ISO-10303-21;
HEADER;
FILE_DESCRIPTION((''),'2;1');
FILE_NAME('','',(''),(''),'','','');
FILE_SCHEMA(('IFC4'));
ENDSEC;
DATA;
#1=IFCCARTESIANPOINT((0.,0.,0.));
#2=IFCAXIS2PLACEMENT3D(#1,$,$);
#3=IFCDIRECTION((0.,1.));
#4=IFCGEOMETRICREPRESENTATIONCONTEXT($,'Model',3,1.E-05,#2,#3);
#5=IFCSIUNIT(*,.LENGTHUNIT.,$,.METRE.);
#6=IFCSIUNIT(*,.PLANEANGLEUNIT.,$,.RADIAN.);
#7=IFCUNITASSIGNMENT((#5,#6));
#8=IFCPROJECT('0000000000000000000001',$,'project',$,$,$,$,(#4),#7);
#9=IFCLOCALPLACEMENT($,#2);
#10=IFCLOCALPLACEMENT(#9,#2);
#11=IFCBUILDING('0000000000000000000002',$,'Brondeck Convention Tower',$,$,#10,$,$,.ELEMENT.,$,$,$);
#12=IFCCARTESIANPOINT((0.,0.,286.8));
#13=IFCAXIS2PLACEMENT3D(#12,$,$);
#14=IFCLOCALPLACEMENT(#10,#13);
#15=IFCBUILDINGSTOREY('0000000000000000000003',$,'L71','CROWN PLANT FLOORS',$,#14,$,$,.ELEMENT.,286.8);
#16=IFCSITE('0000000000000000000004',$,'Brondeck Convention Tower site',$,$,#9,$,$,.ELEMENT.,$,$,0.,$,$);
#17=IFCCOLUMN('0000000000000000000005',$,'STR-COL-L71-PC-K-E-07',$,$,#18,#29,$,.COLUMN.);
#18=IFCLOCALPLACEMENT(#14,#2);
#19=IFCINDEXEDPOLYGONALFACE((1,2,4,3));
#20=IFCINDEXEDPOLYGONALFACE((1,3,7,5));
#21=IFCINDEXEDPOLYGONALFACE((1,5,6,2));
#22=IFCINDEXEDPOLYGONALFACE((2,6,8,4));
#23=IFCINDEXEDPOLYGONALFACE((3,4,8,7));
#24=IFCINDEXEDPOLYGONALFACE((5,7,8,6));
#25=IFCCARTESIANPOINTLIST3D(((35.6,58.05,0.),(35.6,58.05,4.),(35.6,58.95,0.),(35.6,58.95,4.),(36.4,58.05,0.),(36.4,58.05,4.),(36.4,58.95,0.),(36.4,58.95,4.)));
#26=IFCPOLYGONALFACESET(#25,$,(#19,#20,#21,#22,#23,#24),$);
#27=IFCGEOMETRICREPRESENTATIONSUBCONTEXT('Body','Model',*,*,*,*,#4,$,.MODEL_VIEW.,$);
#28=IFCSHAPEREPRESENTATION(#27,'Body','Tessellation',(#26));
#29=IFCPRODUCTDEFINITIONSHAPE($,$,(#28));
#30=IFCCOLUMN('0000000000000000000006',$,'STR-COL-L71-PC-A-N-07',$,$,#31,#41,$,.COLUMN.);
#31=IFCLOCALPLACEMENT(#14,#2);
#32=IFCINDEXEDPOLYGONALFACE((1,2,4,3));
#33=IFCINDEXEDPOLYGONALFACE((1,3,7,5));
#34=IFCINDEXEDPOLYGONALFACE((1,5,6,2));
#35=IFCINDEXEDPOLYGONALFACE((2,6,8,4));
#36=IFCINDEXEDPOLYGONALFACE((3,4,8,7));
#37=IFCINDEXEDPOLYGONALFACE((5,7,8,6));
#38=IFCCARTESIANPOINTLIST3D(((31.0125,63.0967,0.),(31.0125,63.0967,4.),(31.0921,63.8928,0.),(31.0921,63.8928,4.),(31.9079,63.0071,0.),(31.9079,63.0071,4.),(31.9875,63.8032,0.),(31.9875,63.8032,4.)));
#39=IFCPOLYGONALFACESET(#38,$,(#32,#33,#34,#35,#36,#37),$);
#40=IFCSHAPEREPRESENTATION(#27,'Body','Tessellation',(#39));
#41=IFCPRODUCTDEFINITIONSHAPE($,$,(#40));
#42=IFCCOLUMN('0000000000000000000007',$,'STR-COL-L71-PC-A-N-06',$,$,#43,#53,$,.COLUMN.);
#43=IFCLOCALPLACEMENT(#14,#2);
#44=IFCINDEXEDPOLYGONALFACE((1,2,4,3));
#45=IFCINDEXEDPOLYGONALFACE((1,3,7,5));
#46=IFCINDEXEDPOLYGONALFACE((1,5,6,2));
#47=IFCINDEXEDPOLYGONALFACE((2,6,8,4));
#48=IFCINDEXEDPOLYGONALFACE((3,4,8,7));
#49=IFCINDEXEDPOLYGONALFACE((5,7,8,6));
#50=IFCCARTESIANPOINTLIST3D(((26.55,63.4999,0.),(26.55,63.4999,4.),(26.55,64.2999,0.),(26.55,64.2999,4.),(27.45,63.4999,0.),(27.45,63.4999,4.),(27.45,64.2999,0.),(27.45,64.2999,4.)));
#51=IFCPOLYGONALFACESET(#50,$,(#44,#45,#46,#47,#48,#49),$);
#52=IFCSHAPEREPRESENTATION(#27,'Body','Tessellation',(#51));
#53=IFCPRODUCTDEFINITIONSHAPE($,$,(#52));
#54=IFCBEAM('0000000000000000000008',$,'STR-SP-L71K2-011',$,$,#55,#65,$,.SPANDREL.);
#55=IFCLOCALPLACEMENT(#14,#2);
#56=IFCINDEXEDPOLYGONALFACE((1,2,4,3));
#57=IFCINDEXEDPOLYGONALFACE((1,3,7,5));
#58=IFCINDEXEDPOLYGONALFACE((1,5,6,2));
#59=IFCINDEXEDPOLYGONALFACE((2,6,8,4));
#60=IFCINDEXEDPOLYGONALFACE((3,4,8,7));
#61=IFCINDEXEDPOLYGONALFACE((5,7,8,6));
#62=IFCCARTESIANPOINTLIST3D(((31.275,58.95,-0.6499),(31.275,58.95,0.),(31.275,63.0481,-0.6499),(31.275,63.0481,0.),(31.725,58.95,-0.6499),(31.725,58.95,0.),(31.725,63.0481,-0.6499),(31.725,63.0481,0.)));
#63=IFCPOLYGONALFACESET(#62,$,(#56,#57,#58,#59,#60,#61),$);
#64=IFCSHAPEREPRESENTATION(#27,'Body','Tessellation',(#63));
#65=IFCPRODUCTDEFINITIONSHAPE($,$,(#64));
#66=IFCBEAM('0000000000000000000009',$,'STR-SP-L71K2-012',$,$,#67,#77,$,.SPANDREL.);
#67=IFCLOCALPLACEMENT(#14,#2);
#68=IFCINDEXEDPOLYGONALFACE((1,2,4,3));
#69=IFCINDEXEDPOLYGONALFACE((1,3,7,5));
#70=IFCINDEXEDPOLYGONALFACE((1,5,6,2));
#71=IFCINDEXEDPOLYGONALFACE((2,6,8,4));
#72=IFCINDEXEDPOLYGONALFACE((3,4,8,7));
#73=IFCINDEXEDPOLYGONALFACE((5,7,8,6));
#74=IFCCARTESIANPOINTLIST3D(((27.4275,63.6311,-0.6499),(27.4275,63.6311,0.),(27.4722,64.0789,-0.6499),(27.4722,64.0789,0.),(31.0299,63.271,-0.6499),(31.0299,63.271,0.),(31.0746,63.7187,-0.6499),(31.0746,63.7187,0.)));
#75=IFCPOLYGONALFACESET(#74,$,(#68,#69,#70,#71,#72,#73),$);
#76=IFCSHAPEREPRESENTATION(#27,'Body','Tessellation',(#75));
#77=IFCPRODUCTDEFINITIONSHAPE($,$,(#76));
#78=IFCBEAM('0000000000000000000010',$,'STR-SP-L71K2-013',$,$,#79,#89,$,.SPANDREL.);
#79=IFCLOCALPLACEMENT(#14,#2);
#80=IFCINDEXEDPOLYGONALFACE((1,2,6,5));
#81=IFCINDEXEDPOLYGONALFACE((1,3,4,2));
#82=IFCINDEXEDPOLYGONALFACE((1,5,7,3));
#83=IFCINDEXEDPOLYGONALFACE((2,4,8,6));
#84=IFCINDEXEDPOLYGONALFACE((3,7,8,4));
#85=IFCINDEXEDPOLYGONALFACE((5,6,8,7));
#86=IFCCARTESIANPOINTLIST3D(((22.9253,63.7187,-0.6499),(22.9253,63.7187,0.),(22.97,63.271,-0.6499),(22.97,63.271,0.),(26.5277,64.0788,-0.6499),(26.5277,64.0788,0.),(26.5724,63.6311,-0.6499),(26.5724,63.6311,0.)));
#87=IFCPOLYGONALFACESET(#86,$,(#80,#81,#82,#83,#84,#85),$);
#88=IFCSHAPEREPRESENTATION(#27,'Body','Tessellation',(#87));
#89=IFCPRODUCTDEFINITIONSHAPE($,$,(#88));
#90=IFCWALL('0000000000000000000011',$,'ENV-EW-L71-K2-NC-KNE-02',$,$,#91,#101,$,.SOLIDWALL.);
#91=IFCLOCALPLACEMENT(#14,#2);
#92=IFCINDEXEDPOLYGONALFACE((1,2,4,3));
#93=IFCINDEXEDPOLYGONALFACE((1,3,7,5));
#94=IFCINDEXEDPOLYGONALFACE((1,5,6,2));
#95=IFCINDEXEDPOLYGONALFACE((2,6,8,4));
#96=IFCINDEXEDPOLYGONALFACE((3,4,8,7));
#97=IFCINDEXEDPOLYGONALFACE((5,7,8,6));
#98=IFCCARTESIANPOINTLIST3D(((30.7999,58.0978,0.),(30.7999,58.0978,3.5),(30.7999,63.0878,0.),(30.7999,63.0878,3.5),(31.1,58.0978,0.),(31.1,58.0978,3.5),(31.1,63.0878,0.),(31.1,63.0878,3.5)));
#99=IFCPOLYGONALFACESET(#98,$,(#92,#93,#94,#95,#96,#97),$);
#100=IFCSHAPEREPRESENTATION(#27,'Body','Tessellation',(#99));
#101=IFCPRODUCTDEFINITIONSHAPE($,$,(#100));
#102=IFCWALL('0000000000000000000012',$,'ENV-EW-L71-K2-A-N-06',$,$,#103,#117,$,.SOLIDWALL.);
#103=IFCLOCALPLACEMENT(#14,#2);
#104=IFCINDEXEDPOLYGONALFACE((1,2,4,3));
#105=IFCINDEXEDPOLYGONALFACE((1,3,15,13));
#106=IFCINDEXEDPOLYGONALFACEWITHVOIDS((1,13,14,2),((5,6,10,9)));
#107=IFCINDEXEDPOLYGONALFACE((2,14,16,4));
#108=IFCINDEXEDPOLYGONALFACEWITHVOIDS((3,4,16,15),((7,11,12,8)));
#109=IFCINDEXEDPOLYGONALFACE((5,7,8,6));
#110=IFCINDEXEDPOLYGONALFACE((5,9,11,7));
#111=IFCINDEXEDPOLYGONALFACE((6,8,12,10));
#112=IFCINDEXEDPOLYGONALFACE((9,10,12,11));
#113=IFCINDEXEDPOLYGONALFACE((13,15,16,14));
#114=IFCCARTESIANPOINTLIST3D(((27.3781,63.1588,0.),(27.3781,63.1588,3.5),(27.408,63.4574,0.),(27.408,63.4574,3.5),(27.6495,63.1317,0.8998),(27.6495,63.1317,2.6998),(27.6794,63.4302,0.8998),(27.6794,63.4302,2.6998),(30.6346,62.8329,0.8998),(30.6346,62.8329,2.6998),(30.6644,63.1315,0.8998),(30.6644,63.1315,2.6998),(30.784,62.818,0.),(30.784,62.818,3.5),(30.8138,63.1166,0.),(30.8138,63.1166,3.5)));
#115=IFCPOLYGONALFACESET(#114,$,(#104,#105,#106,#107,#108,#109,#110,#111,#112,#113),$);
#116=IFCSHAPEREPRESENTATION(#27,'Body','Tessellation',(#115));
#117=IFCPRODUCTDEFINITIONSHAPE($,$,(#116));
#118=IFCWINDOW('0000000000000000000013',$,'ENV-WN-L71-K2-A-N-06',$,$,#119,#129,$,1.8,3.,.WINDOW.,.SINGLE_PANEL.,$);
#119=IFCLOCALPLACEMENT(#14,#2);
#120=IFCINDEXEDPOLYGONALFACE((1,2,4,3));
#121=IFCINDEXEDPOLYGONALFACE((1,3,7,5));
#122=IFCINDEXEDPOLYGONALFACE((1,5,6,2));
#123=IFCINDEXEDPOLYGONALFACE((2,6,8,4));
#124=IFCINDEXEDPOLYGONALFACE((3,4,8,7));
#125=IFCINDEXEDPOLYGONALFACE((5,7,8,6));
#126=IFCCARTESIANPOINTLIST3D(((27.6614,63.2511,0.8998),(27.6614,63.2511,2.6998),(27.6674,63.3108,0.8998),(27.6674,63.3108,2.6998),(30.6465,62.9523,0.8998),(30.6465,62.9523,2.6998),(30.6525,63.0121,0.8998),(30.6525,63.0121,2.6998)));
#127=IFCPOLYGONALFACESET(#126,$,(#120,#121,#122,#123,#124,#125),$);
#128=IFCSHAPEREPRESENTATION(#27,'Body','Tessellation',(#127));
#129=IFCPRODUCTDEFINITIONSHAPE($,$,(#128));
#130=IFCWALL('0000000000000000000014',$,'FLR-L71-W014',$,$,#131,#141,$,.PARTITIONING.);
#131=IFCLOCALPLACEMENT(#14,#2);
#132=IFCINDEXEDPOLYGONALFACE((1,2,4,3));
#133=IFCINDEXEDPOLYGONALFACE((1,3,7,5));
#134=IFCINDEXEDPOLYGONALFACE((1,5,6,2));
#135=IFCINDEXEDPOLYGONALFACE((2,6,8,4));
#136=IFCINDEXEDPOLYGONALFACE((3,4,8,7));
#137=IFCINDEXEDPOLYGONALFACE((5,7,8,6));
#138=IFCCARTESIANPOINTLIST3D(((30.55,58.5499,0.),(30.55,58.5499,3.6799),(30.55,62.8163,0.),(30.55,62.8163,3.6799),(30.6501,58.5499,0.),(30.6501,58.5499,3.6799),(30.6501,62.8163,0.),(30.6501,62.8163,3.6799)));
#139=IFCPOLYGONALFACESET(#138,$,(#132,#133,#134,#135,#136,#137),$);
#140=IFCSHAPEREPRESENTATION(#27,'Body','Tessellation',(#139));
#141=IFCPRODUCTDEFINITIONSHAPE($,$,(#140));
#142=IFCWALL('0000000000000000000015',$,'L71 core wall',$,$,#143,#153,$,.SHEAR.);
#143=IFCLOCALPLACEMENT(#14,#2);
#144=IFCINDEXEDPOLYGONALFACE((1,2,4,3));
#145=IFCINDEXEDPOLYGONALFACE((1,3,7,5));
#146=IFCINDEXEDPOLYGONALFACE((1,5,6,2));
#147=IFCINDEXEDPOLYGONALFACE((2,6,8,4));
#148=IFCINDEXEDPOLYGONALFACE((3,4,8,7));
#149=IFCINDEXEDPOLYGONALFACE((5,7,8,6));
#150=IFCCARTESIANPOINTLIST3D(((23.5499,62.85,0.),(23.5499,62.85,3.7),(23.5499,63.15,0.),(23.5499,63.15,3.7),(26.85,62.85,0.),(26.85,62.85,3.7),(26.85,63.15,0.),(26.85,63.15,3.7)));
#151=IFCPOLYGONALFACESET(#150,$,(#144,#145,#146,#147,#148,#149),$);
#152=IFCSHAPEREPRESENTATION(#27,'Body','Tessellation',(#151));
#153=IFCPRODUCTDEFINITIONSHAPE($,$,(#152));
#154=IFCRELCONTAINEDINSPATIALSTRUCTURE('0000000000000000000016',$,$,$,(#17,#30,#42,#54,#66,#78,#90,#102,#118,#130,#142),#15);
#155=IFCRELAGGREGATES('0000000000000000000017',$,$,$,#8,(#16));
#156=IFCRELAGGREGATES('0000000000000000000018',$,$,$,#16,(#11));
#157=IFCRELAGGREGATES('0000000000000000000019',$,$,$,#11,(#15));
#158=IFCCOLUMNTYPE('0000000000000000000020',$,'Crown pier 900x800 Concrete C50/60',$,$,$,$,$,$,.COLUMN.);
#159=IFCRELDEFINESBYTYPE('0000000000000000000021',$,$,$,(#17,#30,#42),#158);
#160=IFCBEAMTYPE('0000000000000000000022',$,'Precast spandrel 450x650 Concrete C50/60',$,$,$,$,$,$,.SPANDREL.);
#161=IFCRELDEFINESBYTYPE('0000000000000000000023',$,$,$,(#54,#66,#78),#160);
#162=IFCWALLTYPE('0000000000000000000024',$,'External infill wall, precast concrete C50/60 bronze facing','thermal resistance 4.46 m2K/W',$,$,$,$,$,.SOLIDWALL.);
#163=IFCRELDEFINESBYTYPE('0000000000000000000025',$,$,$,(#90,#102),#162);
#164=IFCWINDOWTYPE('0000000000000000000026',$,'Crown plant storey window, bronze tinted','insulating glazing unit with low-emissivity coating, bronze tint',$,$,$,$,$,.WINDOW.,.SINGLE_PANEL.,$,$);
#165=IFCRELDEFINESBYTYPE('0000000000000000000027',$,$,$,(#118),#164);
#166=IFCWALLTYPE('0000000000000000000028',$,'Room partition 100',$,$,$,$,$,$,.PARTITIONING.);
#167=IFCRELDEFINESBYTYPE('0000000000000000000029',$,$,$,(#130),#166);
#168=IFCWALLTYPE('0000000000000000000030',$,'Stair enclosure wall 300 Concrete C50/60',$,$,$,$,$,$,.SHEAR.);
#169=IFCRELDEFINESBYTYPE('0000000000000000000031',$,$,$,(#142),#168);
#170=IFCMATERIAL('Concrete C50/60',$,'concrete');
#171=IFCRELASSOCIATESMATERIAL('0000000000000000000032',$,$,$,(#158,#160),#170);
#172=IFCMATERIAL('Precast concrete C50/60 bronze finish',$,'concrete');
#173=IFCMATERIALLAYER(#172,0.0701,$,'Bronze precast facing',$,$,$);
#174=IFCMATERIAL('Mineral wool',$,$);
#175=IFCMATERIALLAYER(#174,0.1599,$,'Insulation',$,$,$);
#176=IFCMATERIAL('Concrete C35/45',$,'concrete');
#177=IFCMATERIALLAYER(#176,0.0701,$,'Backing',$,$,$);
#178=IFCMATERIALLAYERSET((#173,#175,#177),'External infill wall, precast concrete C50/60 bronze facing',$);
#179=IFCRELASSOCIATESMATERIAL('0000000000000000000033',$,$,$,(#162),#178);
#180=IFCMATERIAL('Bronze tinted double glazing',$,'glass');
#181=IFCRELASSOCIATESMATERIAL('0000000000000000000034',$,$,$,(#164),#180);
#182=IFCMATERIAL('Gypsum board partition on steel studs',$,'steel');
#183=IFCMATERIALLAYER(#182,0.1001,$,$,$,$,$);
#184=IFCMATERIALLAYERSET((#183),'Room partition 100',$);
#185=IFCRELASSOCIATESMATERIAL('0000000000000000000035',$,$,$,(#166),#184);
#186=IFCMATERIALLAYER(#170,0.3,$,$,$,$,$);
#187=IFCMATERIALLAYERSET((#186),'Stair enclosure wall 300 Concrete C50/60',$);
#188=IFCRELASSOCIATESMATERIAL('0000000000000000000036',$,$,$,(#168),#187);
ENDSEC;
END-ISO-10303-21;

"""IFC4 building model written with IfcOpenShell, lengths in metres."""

from ifc_helpers import new_model, si_unit, direction, frame, frame_2d, origin, origin_2d, place, context, subcontext, project, spatial, rectangle, extrude, material, layer, layer_set, material_profile, profile_set, type_object, element, fill, save


model = new_model("IFC4")

# Units and contexts
model_context = context("Model", 3, precision=1e-05, world=origin(), true_north=direction((0.0, 1.0)))
body_context = subcontext(model_context, "Body", "Model", "MODEL_VIEW")
ifc_project = project(units=[si_unit("LENGTHUNIT", "METRE"), si_unit("PLANEANGLEUNIT", "RADIAN")], contexts=[model_context])

# Site, building, storey
site_placement = place(None, origin())
site = spatial("IfcSite", under=ifc_project, at=site_placement, Name="Brondeck Convention Tower site", CompositionType="ELEMENT", RefElevation=0.0)
building_placement = place(site_placement, origin())
building = spatial("IfcBuilding", under=site, at=building_placement, Name="Brondeck Convention Tower", CompositionType="ELEMENT")
storey_placement = place(building_placement, frame((0.0, 0.0, 286.8)))
storey = spatial("IfcBuildingStorey", under=building, at=storey_placement, Name="L71", Description="CROWN PLANT FLOORS", CompositionType="ELEMENT", Elevation=286.8)

# Columns
ifc_material_1 = material(Name="Concrete C50/60", Category="concrete")
ifc_material_profile_1 = material_profile(ifc_material_1, rectangle(XDim=0.8999, YDim=0.8, at=origin_2d()), Name="Crown pier 900x800 Concrete C50/60")
ifc_profile_set_1 = profile_set([ifc_material_profile_1], Name="Concrete C50/60")
column_type = type_object("IfcColumnType", Name="Crown pier 900x800 Concrete C50/60", PredefinedType="COLUMN", material=ifc_profile_set_1)
for number, where, z_axis, x_axis, name in (
    (1, (36.0, 58.5, 0.0), (0.0, 0.0, 1.0), (0.0, 1.0, 0.0), "STR-COL-L71-PC-K-E-07"),
    (2, (31.5, 63.45, 0.0), (0.0, 0.0, 1.0), (-0.995037, 0.099504, 0.0), "STR-COL-L71-PC-A-N-07"),
    (3, (27.0, 63.8999, 0.0), (0.0, 0.0, 1.0), (-1.0, 0.0, 0.0), "STR-COL-L71-PC-A-N-06"),
):
    element("IfcColumn", number, at=place(storey_placement, frame(where, z_axis=z_axis, x_axis=x_axis)), inside=storey, type_object=column_type, Name=name, PredefinedType="COLUMN", context=body_context, shape_type="SweptSolid", body=[
        extrude(rectangle(XDim=0.8999, YDim=0.8, at=origin_2d()), origin(), (0.0, 0.0, 1.0), 4.0),
    ])

# Beams
ifc_material_profile_2 = material_profile(ifc_material_1, rectangle(XDim=0.45, YDim=0.6499, at=origin_2d()), Name="Precast spandrel 450x650 Concrete C50/60")
ifc_profile_set_2 = profile_set([ifc_material_profile_2], Name="Concrete C50/60")
beam_type = type_object("IfcBeamType", Name="Precast spandrel 450x650 Concrete C50/60", PredefinedType="SPANDREL", material=ifc_profile_set_2)
beam_placement = place(storey_placement, frame((31.5, 58.95, -0.325), z_axis=(0.0, 1.0, 0.0), x_axis=(-1.0, 0.0, 0.0)))
element("IfcBeam", 4, at=beam_placement, inside=storey, type_object=beam_type, Name="STR-SP-L71K2-011", PredefinedType="SPANDREL", context=body_context, shape_type="SweptSolid", body=[
    extrude(rectangle(XDim=0.45, YDim=0.6499, at=origin_2d()), origin(), (0.0, 0.0, 1.0), 4.0981),
])
for number, where, z_axis, x_axis, name in (
    (5, (31.0522, 63.4949, -0.325), (-0.995041, 0.09947, 0.0), (-0.09947, -0.995041, 0.0), "STR-SP-L71K2-012"),
    (6, (26.55, 63.855, -0.325), (-0.995041, -0.09947, 0.0), (0.09947, -0.995041, 0.0), "STR-SP-L71K2-013"),
):
    element("IfcBeam", number, at=place(storey_placement, frame(where, z_axis=z_axis, x_axis=x_axis)), inside=storey, type_object=beam_type, Name=name, PredefinedType="SPANDREL", context=body_context, shape_type="SweptSolid", body=[
        extrude(rectangle(XDim=0.45, YDim=0.6499, at=origin_2d()), origin(), (0.0, 0.0, 1.0), 3.6204),
    ])

# Wall
ifc_material_2 = material(Name="Precast concrete C50/60 bronze finish", Category="concrete")
ifc_layer_1 = layer(ifc_material_2, 0.0701, Name="Bronze precast facing")
ifc_material_3 = material(Name="Mineral wool")
ifc_layer_2 = layer(ifc_material_3, 0.1599, Name="Insulation")
ifc_material_4 = material(Name="Concrete C35/45", Category="concrete")
ifc_layer_3 = layer(ifc_material_4, 0.0701, Name="Backing")
ifc_layer_set_1 = layer_set([ifc_layer_1, ifc_layer_2, ifc_layer_3], Name="External infill wall, precast concrete C50/60 bronze facing")
wall_type_1 = type_object("IfcWallType", Name="External infill wall, precast concrete C50/60 bronze facing", Description="thermal resistance 4.46 m2K/W", PredefinedType="SOLIDWALL", material=ifc_layer_set_1)
wall_1_placement = place(storey_placement, frame((30.95, 63.0879, 0.0), z_axis=(0.0, 0.0, 1.0), x_axis=(0.0, -1.0, 0.0)))
element("IfcWall", 7, at=wall_1_placement, inside=storey, type_object=wall_type_1, Name="ENV-EW-L71-K2-NC-KNE-02", PredefinedType="SOLIDWALL", context=body_context, shape_type="SweptSolid", body=[
    extrude(rectangle(XDim=4.99, YDim=0.3, at=frame_2d((2.4951, 0.0))), origin(), (0.0, 0.0, 1.0), 3.5),
])

# Wall, opening, window
wall_2_placement = place(storey_placement, frame((27.3931, 63.3081, 0.0), z_axis=(0.0, 0.0, 1.0), x_axis=(0.99503, -0.099574, 0.0)))
wall_2 = element("IfcWall", 8, at=wall_2_placement, inside=storey, type_object=wall_type_1, Name="ENV-EW-L71-K2-A-N-06", PredefinedType="SOLIDWALL", context=body_context, shape_type="SweptSolid", body=[
    extrude(rectangle(XDim=3.4229, YDim=0.3, at=frame_2d((1.7114, 0.0))), origin(), (0.0, 0.0, 1.0), 3.5),
])
opening_placement = place(wall_2_placement, frame((0.2727, 0.0, 0.8999)))
opening = element("IfcOpeningElement", 9, at=opening_placement, cuts=wall_2, PredefinedType="OPENING", context=body_context, shape_type="SweptSolid", body=[
    extrude(rectangle(XDim=3.0, YDim=1.8, at=frame_2d((1.5, 0.8999))), frame((0.0, 0.1599, 0.0), z_axis=(0.0, -1.0, 0.0), x_axis=(1.0, 0.0, 0.0)), (0.0, 0.0, 1.0), 0.3201),
])
ifc_material_5 = material(Name="Bronze tinted double glazing", Category="glass")
window_type = type_object("IfcWindowType", Name="Crown plant storey window, bronze tinted", Description="insulating glazing unit with low-emissivity coating, bronze tint", PartitioningType="SINGLE_PANEL", PredefinedType="WINDOW", material=ifc_material_5)
window_placement = place(opening_placement, origin())
window = element("IfcWindow", 10, at=window_placement, inside=storey, type_object=window_type, Name="ENV-WN-L71-K2-A-N-06", OverallHeight=1.8, OverallWidth=3.0, PartitioningType="SINGLE_PANEL", PredefinedType="WINDOW", context=body_context, shape_type="SweptSolid", body=[
    extrude(rectangle(XDim=3.0, YDim=1.8, at=frame_2d((1.5, 0.8999))), frame((0.0, 0.03, 0.0), z_axis=(0.0, -1.0, 0.0), x_axis=(1.0, 0.0, 0.0)), (0.0, 0.0, 1.0), 0.0601),
])
fill(opening, window)

# Walls
ifc_material_6 = material(Name="Gypsum board partition on steel studs", Category="steel")
ifc_layer_4 = layer(ifc_material_6, 0.1001)
ifc_layer_set_2 = layer_set([ifc_layer_4], Name="Room partition 100")
wall_type_2 = type_object("IfcWallType", Name="Room partition 100", PredefinedType="PARTITIONING", material=ifc_layer_set_2)
wall_3_placement = place(storey_placement, frame((30.6001, 62.8164, 0.0), z_axis=(0.0, 0.0, 1.0), x_axis=(0.0, -1.0, 0.0)))
element("IfcWall", 11, at=wall_3_placement, inside=storey, type_object=wall_type_2, Name="FLR-L71-W014", PredefinedType="PARTITIONING", context=body_context, shape_type="SweptSolid", body=[
    extrude(rectangle(XDim=4.2664, YDim=0.1001, at=frame_2d((2.1333, 0.0))), origin(), (0.0, 0.0, 1.0), 3.6799),
])
ifc_layer_5 = layer(ifc_material_1, 0.3)
ifc_layer_set_3 = layer_set([ifc_layer_5], Name="Stair enclosure wall 300 Concrete C50/60")
wall_type_3 = type_object("IfcWallType", Name="Stair enclosure wall 300 Concrete C50/60", PredefinedType="SHEAR", material=ifc_layer_set_3)
wall_4_placement = place(storey_placement, frame((23.55, 63.0, 0.0), z_axis=(0.0, 0.0, 1.0), x_axis=(1.0, 0.0, 0.0)))
element("IfcWall", 12, at=wall_4_placement, inside=storey, type_object=wall_type_3, Name="L71 core wall", PredefinedType="SHEAR", context=body_context, shape_type="SweptSolid", body=[
    extrude(rectangle(XDim=3.3, YDim=0.3, at=frame_2d((1.6499, 0.0))), origin(), (0.0, 0.0, 1.0), 3.7),
])

save(model, "model.ifc")
